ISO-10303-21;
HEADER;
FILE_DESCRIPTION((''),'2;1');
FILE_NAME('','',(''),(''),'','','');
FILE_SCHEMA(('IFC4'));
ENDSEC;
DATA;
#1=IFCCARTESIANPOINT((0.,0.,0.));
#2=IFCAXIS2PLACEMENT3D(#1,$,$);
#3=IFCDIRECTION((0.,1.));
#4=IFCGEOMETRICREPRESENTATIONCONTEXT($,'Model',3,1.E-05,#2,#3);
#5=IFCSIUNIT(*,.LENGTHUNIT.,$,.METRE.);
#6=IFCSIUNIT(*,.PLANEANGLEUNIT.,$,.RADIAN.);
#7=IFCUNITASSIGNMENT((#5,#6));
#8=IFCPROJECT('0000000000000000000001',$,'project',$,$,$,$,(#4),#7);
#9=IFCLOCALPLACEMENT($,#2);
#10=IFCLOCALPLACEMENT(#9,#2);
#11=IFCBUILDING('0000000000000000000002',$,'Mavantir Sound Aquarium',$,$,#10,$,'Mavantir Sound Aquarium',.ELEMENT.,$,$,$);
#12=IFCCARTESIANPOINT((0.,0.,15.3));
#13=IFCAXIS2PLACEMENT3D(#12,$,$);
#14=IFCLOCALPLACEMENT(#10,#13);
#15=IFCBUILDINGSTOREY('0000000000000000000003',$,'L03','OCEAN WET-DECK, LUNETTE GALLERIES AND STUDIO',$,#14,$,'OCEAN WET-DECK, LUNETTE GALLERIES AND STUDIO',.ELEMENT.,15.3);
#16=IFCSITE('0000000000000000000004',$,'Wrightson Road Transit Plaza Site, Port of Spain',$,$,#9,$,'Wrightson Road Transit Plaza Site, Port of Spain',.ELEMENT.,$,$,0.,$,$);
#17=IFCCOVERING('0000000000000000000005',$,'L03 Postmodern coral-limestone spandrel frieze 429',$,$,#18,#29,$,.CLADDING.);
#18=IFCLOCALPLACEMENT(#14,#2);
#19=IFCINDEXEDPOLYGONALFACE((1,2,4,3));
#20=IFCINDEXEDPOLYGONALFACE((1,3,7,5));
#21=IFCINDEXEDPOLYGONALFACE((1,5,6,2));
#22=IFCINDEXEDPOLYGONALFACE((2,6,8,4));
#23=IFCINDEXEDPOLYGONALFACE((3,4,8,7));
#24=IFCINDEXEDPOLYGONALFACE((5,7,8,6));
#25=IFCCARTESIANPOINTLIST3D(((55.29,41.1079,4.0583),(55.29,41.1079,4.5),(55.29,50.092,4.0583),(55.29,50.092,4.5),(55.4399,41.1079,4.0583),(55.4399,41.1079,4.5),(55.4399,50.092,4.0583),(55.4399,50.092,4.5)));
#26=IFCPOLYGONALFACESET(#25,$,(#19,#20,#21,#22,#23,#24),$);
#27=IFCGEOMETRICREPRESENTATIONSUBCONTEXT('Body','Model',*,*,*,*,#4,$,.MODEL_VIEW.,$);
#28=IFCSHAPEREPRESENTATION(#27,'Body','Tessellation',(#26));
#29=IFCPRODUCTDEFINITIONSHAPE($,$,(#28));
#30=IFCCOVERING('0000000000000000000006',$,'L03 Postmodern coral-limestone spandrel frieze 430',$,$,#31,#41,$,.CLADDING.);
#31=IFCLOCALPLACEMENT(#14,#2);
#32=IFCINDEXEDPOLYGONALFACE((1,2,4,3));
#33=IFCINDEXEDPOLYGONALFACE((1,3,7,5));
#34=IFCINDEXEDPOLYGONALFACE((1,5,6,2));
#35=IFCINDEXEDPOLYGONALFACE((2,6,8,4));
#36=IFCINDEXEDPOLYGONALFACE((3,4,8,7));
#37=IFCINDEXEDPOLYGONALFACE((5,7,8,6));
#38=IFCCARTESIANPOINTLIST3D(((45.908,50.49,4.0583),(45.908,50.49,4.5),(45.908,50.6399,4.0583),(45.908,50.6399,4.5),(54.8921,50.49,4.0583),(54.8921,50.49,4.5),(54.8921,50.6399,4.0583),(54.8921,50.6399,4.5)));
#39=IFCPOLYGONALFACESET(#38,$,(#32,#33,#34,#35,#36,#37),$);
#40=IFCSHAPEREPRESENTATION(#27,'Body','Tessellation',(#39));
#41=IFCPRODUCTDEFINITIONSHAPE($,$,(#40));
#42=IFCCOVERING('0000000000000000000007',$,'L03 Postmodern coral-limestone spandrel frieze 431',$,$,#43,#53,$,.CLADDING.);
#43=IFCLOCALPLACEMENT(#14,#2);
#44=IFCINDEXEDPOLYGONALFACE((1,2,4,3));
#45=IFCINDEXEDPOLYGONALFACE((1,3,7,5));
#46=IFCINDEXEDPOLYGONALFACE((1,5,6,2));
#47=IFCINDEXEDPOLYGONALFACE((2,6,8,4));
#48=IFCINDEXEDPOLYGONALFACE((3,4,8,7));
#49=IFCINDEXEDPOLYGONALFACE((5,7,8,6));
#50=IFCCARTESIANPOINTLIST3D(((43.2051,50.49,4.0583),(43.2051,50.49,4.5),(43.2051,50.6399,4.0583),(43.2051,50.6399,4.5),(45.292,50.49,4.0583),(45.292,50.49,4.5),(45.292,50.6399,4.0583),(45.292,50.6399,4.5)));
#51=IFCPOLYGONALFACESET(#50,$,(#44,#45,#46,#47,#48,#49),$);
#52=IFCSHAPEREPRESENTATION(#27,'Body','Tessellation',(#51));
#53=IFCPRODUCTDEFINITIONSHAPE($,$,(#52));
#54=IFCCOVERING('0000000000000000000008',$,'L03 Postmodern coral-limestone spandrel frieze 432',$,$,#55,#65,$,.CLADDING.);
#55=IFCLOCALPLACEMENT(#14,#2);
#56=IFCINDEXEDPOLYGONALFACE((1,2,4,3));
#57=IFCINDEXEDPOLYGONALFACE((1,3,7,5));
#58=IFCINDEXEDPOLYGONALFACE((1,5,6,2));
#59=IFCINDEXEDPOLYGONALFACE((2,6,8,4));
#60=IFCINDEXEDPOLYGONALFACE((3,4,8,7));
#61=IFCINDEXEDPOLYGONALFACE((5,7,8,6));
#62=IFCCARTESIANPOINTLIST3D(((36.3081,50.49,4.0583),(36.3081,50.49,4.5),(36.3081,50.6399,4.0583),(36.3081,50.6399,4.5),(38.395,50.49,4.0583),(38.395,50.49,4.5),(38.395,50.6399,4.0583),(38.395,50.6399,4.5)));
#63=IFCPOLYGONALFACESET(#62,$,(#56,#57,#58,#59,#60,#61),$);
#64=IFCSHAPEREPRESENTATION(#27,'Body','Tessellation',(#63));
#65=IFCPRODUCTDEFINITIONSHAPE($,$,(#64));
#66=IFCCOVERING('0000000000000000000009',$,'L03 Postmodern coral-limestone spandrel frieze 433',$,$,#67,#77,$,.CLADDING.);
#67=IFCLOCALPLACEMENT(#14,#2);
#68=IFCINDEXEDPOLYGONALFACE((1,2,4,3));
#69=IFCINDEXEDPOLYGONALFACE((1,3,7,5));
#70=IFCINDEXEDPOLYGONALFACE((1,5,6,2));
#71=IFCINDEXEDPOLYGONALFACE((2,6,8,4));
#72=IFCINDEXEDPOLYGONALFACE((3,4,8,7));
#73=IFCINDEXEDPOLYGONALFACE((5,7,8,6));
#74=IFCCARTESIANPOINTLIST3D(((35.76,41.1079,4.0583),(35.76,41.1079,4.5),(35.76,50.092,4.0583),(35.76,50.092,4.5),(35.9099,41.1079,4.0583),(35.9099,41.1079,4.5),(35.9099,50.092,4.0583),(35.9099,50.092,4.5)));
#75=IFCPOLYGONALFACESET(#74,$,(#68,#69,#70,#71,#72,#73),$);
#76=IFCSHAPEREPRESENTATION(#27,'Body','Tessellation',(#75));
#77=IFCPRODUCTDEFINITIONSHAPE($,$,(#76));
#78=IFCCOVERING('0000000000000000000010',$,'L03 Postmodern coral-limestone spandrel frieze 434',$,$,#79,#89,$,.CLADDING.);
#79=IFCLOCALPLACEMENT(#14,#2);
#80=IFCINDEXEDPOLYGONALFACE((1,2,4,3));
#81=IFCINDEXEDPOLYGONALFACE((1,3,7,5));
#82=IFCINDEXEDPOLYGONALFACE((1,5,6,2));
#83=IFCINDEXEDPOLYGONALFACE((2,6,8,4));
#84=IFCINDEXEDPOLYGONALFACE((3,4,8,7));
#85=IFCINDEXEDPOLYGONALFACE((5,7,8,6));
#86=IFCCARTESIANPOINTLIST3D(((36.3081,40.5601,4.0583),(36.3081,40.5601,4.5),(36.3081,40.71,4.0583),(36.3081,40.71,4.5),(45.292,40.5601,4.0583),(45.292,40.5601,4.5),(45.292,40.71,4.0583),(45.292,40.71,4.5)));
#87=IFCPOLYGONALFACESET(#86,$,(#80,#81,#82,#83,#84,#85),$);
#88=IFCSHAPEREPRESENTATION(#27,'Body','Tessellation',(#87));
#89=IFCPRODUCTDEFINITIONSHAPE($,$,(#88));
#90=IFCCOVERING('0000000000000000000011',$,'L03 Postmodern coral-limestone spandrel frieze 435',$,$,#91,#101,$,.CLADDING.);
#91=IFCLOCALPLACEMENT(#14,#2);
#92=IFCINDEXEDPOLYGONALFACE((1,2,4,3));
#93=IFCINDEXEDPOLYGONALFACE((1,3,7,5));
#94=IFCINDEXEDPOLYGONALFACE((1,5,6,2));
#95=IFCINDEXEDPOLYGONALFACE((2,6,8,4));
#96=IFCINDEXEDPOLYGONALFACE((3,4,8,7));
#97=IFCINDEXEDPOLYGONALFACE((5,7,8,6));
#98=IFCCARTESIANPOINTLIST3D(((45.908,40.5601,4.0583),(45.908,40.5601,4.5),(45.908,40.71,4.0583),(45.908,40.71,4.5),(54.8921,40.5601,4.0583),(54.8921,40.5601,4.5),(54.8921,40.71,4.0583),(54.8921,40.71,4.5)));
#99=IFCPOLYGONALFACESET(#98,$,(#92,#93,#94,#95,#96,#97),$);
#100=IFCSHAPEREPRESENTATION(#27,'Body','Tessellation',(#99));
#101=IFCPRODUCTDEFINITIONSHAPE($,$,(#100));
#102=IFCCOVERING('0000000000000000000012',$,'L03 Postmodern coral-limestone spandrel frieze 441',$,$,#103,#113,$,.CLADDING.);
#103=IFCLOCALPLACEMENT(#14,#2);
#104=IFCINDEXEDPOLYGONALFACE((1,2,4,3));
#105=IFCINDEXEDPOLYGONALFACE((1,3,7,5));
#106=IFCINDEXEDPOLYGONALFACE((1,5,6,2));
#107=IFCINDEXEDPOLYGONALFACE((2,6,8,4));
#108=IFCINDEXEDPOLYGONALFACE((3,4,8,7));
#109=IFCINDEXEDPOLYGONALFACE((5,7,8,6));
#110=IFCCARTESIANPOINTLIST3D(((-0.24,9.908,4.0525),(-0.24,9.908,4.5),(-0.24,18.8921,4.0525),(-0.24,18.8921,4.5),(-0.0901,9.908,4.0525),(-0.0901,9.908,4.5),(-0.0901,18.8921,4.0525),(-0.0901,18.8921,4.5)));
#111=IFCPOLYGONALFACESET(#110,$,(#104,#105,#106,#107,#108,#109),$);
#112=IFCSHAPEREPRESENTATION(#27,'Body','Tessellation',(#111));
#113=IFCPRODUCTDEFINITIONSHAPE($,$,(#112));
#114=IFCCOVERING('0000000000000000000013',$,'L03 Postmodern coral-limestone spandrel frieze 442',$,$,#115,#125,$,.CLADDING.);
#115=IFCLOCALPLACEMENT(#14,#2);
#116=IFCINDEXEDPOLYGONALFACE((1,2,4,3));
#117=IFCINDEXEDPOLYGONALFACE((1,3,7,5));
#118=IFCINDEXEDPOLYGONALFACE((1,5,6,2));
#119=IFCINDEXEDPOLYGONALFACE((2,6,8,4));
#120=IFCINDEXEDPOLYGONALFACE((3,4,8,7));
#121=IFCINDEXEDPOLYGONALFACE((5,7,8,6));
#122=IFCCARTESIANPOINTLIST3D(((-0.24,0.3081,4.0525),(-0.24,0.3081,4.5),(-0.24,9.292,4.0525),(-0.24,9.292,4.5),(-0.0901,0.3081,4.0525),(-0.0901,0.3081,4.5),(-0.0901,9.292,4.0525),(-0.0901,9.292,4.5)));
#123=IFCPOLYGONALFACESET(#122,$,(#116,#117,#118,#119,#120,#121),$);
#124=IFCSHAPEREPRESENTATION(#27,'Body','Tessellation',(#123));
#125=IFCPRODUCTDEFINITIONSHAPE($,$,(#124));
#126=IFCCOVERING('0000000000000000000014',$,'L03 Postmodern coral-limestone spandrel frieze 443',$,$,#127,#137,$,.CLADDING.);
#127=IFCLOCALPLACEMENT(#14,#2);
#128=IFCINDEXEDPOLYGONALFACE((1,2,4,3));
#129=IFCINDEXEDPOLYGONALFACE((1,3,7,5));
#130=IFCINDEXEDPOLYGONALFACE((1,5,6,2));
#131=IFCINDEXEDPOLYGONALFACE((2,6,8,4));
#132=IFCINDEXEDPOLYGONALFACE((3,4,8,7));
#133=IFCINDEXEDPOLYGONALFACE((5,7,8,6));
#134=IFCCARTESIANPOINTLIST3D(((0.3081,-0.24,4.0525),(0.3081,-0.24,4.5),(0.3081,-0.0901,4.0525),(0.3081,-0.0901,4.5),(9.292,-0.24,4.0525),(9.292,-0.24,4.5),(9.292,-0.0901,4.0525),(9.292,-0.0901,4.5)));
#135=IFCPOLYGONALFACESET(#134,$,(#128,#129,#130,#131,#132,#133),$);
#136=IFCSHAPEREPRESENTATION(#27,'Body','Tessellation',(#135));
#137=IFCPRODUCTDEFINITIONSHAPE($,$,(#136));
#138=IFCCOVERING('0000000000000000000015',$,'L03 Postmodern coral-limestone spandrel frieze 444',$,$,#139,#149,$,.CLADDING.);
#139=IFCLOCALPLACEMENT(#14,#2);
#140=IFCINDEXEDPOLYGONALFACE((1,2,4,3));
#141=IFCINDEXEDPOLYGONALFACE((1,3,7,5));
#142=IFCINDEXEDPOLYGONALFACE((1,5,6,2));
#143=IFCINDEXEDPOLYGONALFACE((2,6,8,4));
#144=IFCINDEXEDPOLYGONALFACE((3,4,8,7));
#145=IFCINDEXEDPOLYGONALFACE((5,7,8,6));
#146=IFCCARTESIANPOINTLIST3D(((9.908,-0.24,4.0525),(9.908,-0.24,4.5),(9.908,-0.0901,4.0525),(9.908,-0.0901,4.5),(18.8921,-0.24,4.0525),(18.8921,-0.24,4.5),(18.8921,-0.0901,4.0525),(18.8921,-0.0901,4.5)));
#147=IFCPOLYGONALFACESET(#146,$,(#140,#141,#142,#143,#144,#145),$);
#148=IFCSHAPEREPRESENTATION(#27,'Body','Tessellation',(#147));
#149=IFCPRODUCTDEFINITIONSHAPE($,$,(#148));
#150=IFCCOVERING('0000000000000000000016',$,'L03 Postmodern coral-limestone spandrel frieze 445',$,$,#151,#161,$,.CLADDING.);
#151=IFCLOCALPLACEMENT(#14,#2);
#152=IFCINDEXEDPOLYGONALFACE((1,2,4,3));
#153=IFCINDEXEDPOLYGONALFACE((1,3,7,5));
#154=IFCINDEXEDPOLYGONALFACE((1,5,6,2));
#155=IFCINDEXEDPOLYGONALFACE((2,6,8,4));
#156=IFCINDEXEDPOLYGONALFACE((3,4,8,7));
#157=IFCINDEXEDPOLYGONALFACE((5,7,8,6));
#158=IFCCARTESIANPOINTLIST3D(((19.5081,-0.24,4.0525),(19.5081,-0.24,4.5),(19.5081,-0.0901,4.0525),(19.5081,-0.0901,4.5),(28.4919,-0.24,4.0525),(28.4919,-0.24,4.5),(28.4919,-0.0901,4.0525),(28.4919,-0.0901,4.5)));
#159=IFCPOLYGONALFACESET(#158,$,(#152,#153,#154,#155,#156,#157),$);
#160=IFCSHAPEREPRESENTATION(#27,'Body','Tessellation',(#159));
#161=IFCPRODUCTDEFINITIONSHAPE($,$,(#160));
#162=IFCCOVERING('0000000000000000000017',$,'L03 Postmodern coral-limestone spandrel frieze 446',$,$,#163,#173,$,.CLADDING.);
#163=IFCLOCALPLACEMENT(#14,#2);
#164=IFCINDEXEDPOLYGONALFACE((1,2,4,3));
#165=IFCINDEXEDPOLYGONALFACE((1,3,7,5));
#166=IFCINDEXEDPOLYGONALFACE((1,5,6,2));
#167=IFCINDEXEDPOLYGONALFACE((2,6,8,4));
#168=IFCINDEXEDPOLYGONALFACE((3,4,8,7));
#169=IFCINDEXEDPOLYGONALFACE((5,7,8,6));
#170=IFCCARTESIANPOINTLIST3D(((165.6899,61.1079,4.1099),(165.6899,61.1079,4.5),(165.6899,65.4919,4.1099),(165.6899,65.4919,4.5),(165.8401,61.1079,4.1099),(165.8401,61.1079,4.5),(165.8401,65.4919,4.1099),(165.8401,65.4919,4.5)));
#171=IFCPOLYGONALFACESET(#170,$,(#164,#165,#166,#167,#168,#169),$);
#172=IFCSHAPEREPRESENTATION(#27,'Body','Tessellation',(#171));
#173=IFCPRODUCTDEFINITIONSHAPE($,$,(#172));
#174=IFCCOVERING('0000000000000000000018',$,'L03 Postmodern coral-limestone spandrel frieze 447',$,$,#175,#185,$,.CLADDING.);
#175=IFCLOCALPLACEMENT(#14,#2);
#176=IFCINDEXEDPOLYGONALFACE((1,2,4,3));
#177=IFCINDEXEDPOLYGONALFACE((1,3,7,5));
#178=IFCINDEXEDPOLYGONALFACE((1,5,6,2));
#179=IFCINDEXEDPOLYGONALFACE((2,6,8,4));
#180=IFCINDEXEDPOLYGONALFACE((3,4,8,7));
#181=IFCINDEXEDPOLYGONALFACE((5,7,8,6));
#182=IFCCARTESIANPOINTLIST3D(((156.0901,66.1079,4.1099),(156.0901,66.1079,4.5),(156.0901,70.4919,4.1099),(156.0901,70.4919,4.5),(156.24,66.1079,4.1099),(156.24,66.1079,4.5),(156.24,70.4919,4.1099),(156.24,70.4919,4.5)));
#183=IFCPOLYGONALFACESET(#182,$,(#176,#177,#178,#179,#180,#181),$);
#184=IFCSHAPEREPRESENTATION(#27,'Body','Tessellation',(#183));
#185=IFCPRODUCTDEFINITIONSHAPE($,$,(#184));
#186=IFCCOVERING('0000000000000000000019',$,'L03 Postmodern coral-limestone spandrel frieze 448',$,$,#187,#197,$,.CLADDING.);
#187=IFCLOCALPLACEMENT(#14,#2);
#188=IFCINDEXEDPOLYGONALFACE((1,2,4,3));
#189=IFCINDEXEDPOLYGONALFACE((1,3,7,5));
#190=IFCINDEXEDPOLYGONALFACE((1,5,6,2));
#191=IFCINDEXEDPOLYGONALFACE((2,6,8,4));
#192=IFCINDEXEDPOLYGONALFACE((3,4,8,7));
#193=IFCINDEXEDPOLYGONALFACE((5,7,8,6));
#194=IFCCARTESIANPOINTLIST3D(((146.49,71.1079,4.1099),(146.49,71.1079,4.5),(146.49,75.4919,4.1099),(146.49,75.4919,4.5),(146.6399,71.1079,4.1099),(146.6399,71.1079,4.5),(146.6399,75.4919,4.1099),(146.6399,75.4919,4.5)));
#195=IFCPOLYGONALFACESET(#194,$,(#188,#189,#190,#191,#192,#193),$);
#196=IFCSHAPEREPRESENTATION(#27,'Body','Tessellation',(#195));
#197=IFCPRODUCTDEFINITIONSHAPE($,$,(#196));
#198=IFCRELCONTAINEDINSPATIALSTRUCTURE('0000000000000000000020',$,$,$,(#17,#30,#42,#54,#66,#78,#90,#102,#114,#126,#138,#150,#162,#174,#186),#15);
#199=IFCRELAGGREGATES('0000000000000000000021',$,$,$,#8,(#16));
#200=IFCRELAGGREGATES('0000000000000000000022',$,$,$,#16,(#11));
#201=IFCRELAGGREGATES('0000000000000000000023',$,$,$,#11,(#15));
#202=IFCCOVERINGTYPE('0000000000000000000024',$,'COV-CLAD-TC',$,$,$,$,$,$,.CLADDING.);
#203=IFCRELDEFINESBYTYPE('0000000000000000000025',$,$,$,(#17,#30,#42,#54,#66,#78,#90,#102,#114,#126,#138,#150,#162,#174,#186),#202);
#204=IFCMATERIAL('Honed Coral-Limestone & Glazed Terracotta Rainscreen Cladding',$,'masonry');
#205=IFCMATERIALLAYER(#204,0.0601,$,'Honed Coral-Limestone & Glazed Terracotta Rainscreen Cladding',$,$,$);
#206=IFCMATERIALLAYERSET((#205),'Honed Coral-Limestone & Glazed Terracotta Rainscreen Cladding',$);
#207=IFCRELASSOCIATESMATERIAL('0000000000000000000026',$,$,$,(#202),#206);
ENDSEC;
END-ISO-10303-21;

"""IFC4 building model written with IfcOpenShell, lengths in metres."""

from ifc_helpers import new_model, si_unit, direction, frame, origin, place, context, subcontext, project, spatial, polyline, outline, extrude, material, layer, layer_set, type_object, element, save


model = new_model("IFC4")

# Units and contexts
model_context = context("Model", 3, precision=1e-05, world=origin(), true_north=direction((0.0, 1.0)))
body_context = subcontext(model_context, "Body", "Model", "MODEL_VIEW")
ifc_project = project(units=[si_unit("LENGTHUNIT", "METRE"), si_unit("PLANEANGLEUNIT", "RADIAN")], contexts=[model_context])

# Site, building, storey
site_placement = place(None, origin())
site = spatial("IfcSite", under=ifc_project, at=site_placement, Name="Wrightson Road Transit Plaza Site, Port of Spain", LongName="Wrightson Road Transit Plaza Site, Port of Spain", CompositionType="ELEMENT", RefElevation=0.0)
building_placement = place(site_placement, origin())
building = spatial("IfcBuilding", under=site, at=building_placement, Name="Mavantir Sound Aquarium", LongName="Mavantir Sound Aquarium", CompositionType="ELEMENT")
storey_placement = place(building_placement, frame((0.0, 0.0, 15.3)))
storey = spatial("IfcBuildingStorey", under=building, at=storey_placement, Name="L03", Description="OCEAN WET-DECK, LUNETTE GALLERIES AND STUDIO", LongName="OCEAN WET-DECK, LUNETTE GALLERIES AND STUDIO", CompositionType="ELEMENT", Elevation=15.3)

# Coverings
ifc_material = material(Name="Honed Coral-Limestone & Glazed Terracotta Rainscreen Cladding", Category="masonry")
ifc_layer = layer(ifc_material, 0.0601, Name="Honed Coral-Limestone & Glazed Terracotta Rainscreen Cladding")
ifc_layer_set = layer_set([ifc_layer], Name="Honed Coral-Limestone & Glazed Terracotta Rainscreen Cladding")
covering_type = type_object("IfcCoveringType", Name="COV-CLAD-TC", PredefinedType="CLADDING", material=ifc_layer_set)
covering_1_placement = place(storey_placement, frame((0.0, 0.0, 4.0583)))
element("IfcCovering", 1, at=covering_1_placement, inside=storey, type_object=covering_type, Name="L03 Postmodern coral-limestone spandrel frieze 429", PredefinedType="CLADDING", context=body_context, shape_type="SweptSolid", body=[
    extrude(outline(polyline([(55.29, 41.1079), (55.29, 50.092), (55.4399, 50.092), (55.4399, 41.1079), (55.29, 41.1079)])), origin(), (0.0, 0.0, 1.0), 0.4417),
])
covering_2_placement = place(storey_placement, frame((0.0, 0.0, 4.0583)))
element("IfcCovering", 2, at=covering_2_placement, inside=storey, type_object=covering_type, Name="L03 Postmodern coral-limestone spandrel frieze 430", PredefinedType="CLADDING", context=body_context, shape_type="SweptSolid", body=[
    extrude(outline(polyline([(54.8921, 50.49), (45.908, 50.49), (45.908, 50.6399), (54.8921, 50.6399), (54.8921, 50.49)])), origin(), (0.0, 0.0, 1.0), 0.4417),
])
covering_3_placement = place(storey_placement, frame((0.0, 0.0, 4.0583)))
element("IfcCovering", 3, at=covering_3_placement, inside=storey, type_object=covering_type, Name="L03 Postmodern coral-limestone spandrel frieze 431", PredefinedType="CLADDING", context=body_context, shape_type="SweptSolid", body=[
    extrude(outline(polyline([(45.292, 50.49), (43.2051, 50.49), (43.2051, 50.6399), (45.292, 50.6399), (45.292, 50.49)])), origin(), (0.0, 0.0, 1.0), 0.4417),
])
covering_4_placement = place(storey_placement, frame((0.0, 0.0, 4.0583)))
element("IfcCovering", 4, at=covering_4_placement, inside=storey, type_object=covering_type, Name="L03 Postmodern coral-limestone spandrel frieze 432", PredefinedType="CLADDING", context=body_context, shape_type="SweptSolid", body=[
    extrude(outline(polyline([(38.395, 50.49), (36.3081, 50.49), (36.3081, 50.6399), (38.395, 50.6399), (38.395, 50.49)])), origin(), (0.0, 0.0, 1.0), 0.4417),
])
covering_5_placement = place(storey_placement, frame((0.0, 0.0, 4.0583)))
element("IfcCovering", 5, at=covering_5_placement, inside=storey, type_object=covering_type, Name="L03 Postmodern coral-limestone spandrel frieze 433", PredefinedType="CLADDING", context=body_context, shape_type="SweptSolid", body=[
    extrude(outline(polyline([(35.9099, 50.092), (35.9099, 41.1079), (35.76, 41.1079), (35.76, 50.092), (35.9099, 50.092)])), origin(), (0.0, 0.0, 1.0), 0.4417),
])
covering_6_placement = place(storey_placement, frame((0.0, 0.0, 4.0583)))
element("IfcCovering", 6, at=covering_6_placement, inside=storey, type_object=covering_type, Name="L03 Postmodern coral-limestone spandrel frieze 434", PredefinedType="CLADDING", context=body_context, shape_type="SweptSolid", body=[
    extrude(outline(polyline([(36.3081, 40.71), (45.292, 40.71), (45.292, 40.5601), (36.3081, 40.5601), (36.3081, 40.71)])), origin(), (0.0, 0.0, 1.0), 0.4417),
])
covering_7_placement = place(storey_placement, frame((0.0, 0.0, 4.0583)))
element("IfcCovering", 7, at=covering_7_placement, inside=storey, type_object=covering_type, Name="L03 Postmodern coral-limestone spandrel frieze 435", PredefinedType="CLADDING", context=body_context, shape_type="SweptSolid", body=[
    extrude(outline(polyline([(45.908, 40.71), (54.8921, 40.71), (54.8921, 40.5601), (45.908, 40.5601), (45.908, 40.71)])), origin(), (0.0, 0.0, 1.0), 0.4417),
])
covering_8_placement = place(storey_placement, frame((0.0, 0.0, 4.0525)))
element("IfcCovering", 8, at=covering_8_placement, inside=storey, type_object=covering_type, Name="L03 Postmodern coral-limestone spandrel frieze 441", PredefinedType="CLADDING", context=body_context, shape_type="SweptSolid", body=[
    extrude(outline(polyline([(-0.0901, 18.8921), (-0.0901, 9.908), (-0.24, 9.908), (-0.24, 18.8921), (-0.0901, 18.8921)])), origin(), (0.0, 0.0, 1.0), 0.4475),
])
covering_9_placement = place(storey_placement, frame((0.0, 0.0, 4.0525)))
element("IfcCovering", 9, at=covering_9_placement, inside=storey, type_object=covering_type, Name="L03 Postmodern coral-limestone spandrel frieze 442", PredefinedType="CLADDING", context=body_context, shape_type="SweptSolid", body=[
    extrude(outline(polyline([(-0.0901, 9.292), (-0.0901, 0.3081), (-0.24, 0.3081), (-0.24, 9.292), (-0.0901, 9.292)])), origin(), (0.0, 0.0, 1.0), 0.4475),
])
covering_10_placement = place(storey_placement, frame((0.0, 0.0, 4.0525)))
element("IfcCovering", 10, at=covering_10_placement, inside=storey, type_object=covering_type, Name="L03 Postmodern coral-limestone spandrel frieze 443", PredefinedType="CLADDING", context=body_context, shape_type="SweptSolid", body=[
    extrude(outline(polyline([(0.3081, -0.0901), (9.292, -0.0901), (9.292, -0.24), (0.3081, -0.24), (0.3081, -0.0901)])), origin(), (0.0, 0.0, 1.0), 0.4475),
])
covering_11_placement = place(storey_placement, frame((0.0, 0.0, 4.0525)))
element("IfcCovering", 11, at=covering_11_placement, inside=storey, type_object=covering_type, Name="L03 Postmodern coral-limestone spandrel frieze 444", PredefinedType="CLADDING", context=body_context, shape_type="SweptSolid", body=[
    extrude(outline(polyline([(9.908, -0.0901), (18.8921, -0.0901), (18.8921, -0.24), (9.908, -0.24), (9.908, -0.0901)])), origin(), (0.0, 0.0, 1.0), 0.4475),
])
covering_12_placement = place(storey_placement, frame((0.0, 0.0, 4.0525)))
element("IfcCovering", 12, at=covering_12_placement, inside=storey, type_object=covering_type, Name="L03 Postmodern coral-limestone spandrel frieze 445", PredefinedType="CLADDING", context=body_context, shape_type="SweptSolid", body=[
    extrude(outline(polyline([(19.5081, -0.0901), (28.4919, -0.0901), (28.4919, -0.24), (19.5081, -0.24), (19.5081, -0.0901)])), origin(), (0.0, 0.0, 1.0), 0.4475),
])
covering_13_placement = place(storey_placement, frame((0.0, 0.0, 4.1099)))
element("IfcCovering", 13, at=covering_13_placement, inside=storey, type_object=covering_type, Name="L03 Postmodern coral-limestone spandrel frieze 446", PredefinedType="CLADDING", context=body_context, shape_type="SweptSolid", body=[
    extrude(outline(polyline([(165.6899, 61.1079), (165.6899, 65.4919), (165.8401, 65.4919), (165.8401, 61.1079), (165.6899, 61.1079)])), origin(), (0.0, 0.0, 1.0), 0.3901),
])
covering_14_placement = place(storey_placement, frame((0.0, 0.0, 4.1099)))
element("IfcCovering", 14, at=covering_14_placement, inside=storey, type_object=covering_type, Name="L03 Postmodern coral-limestone spandrel frieze 447", PredefinedType="CLADDING", context=body_context, shape_type="SweptSolid", body=[
    extrude(outline(polyline([(156.0901, 66.1079), (156.0901, 70.4919), (156.24, 70.4919), (156.24, 66.1079), (156.0901, 66.1079)])), origin(), (0.0, 0.0, 1.0), 0.3901),
])
covering_15_placement = place(storey_placement, frame((0.0, 0.0, 4.1099)))
element("IfcCovering", 15, at=covering_15_placement, inside=storey, type_object=covering_type, Name="L03 Postmodern coral-limestone spandrel frieze 448", PredefinedType="CLADDING", context=body_context, shape_type="SweptSolid", body=[
    extrude(outline(polyline([(146.49, 71.1079), (146.49, 75.4919), (146.6399, 75.4919), (146.6399, 71.1079), (146.49, 71.1079)])), origin(), (0.0, 0.0, 1.0), 0.3901),
])

save(model, "model.ifc")
